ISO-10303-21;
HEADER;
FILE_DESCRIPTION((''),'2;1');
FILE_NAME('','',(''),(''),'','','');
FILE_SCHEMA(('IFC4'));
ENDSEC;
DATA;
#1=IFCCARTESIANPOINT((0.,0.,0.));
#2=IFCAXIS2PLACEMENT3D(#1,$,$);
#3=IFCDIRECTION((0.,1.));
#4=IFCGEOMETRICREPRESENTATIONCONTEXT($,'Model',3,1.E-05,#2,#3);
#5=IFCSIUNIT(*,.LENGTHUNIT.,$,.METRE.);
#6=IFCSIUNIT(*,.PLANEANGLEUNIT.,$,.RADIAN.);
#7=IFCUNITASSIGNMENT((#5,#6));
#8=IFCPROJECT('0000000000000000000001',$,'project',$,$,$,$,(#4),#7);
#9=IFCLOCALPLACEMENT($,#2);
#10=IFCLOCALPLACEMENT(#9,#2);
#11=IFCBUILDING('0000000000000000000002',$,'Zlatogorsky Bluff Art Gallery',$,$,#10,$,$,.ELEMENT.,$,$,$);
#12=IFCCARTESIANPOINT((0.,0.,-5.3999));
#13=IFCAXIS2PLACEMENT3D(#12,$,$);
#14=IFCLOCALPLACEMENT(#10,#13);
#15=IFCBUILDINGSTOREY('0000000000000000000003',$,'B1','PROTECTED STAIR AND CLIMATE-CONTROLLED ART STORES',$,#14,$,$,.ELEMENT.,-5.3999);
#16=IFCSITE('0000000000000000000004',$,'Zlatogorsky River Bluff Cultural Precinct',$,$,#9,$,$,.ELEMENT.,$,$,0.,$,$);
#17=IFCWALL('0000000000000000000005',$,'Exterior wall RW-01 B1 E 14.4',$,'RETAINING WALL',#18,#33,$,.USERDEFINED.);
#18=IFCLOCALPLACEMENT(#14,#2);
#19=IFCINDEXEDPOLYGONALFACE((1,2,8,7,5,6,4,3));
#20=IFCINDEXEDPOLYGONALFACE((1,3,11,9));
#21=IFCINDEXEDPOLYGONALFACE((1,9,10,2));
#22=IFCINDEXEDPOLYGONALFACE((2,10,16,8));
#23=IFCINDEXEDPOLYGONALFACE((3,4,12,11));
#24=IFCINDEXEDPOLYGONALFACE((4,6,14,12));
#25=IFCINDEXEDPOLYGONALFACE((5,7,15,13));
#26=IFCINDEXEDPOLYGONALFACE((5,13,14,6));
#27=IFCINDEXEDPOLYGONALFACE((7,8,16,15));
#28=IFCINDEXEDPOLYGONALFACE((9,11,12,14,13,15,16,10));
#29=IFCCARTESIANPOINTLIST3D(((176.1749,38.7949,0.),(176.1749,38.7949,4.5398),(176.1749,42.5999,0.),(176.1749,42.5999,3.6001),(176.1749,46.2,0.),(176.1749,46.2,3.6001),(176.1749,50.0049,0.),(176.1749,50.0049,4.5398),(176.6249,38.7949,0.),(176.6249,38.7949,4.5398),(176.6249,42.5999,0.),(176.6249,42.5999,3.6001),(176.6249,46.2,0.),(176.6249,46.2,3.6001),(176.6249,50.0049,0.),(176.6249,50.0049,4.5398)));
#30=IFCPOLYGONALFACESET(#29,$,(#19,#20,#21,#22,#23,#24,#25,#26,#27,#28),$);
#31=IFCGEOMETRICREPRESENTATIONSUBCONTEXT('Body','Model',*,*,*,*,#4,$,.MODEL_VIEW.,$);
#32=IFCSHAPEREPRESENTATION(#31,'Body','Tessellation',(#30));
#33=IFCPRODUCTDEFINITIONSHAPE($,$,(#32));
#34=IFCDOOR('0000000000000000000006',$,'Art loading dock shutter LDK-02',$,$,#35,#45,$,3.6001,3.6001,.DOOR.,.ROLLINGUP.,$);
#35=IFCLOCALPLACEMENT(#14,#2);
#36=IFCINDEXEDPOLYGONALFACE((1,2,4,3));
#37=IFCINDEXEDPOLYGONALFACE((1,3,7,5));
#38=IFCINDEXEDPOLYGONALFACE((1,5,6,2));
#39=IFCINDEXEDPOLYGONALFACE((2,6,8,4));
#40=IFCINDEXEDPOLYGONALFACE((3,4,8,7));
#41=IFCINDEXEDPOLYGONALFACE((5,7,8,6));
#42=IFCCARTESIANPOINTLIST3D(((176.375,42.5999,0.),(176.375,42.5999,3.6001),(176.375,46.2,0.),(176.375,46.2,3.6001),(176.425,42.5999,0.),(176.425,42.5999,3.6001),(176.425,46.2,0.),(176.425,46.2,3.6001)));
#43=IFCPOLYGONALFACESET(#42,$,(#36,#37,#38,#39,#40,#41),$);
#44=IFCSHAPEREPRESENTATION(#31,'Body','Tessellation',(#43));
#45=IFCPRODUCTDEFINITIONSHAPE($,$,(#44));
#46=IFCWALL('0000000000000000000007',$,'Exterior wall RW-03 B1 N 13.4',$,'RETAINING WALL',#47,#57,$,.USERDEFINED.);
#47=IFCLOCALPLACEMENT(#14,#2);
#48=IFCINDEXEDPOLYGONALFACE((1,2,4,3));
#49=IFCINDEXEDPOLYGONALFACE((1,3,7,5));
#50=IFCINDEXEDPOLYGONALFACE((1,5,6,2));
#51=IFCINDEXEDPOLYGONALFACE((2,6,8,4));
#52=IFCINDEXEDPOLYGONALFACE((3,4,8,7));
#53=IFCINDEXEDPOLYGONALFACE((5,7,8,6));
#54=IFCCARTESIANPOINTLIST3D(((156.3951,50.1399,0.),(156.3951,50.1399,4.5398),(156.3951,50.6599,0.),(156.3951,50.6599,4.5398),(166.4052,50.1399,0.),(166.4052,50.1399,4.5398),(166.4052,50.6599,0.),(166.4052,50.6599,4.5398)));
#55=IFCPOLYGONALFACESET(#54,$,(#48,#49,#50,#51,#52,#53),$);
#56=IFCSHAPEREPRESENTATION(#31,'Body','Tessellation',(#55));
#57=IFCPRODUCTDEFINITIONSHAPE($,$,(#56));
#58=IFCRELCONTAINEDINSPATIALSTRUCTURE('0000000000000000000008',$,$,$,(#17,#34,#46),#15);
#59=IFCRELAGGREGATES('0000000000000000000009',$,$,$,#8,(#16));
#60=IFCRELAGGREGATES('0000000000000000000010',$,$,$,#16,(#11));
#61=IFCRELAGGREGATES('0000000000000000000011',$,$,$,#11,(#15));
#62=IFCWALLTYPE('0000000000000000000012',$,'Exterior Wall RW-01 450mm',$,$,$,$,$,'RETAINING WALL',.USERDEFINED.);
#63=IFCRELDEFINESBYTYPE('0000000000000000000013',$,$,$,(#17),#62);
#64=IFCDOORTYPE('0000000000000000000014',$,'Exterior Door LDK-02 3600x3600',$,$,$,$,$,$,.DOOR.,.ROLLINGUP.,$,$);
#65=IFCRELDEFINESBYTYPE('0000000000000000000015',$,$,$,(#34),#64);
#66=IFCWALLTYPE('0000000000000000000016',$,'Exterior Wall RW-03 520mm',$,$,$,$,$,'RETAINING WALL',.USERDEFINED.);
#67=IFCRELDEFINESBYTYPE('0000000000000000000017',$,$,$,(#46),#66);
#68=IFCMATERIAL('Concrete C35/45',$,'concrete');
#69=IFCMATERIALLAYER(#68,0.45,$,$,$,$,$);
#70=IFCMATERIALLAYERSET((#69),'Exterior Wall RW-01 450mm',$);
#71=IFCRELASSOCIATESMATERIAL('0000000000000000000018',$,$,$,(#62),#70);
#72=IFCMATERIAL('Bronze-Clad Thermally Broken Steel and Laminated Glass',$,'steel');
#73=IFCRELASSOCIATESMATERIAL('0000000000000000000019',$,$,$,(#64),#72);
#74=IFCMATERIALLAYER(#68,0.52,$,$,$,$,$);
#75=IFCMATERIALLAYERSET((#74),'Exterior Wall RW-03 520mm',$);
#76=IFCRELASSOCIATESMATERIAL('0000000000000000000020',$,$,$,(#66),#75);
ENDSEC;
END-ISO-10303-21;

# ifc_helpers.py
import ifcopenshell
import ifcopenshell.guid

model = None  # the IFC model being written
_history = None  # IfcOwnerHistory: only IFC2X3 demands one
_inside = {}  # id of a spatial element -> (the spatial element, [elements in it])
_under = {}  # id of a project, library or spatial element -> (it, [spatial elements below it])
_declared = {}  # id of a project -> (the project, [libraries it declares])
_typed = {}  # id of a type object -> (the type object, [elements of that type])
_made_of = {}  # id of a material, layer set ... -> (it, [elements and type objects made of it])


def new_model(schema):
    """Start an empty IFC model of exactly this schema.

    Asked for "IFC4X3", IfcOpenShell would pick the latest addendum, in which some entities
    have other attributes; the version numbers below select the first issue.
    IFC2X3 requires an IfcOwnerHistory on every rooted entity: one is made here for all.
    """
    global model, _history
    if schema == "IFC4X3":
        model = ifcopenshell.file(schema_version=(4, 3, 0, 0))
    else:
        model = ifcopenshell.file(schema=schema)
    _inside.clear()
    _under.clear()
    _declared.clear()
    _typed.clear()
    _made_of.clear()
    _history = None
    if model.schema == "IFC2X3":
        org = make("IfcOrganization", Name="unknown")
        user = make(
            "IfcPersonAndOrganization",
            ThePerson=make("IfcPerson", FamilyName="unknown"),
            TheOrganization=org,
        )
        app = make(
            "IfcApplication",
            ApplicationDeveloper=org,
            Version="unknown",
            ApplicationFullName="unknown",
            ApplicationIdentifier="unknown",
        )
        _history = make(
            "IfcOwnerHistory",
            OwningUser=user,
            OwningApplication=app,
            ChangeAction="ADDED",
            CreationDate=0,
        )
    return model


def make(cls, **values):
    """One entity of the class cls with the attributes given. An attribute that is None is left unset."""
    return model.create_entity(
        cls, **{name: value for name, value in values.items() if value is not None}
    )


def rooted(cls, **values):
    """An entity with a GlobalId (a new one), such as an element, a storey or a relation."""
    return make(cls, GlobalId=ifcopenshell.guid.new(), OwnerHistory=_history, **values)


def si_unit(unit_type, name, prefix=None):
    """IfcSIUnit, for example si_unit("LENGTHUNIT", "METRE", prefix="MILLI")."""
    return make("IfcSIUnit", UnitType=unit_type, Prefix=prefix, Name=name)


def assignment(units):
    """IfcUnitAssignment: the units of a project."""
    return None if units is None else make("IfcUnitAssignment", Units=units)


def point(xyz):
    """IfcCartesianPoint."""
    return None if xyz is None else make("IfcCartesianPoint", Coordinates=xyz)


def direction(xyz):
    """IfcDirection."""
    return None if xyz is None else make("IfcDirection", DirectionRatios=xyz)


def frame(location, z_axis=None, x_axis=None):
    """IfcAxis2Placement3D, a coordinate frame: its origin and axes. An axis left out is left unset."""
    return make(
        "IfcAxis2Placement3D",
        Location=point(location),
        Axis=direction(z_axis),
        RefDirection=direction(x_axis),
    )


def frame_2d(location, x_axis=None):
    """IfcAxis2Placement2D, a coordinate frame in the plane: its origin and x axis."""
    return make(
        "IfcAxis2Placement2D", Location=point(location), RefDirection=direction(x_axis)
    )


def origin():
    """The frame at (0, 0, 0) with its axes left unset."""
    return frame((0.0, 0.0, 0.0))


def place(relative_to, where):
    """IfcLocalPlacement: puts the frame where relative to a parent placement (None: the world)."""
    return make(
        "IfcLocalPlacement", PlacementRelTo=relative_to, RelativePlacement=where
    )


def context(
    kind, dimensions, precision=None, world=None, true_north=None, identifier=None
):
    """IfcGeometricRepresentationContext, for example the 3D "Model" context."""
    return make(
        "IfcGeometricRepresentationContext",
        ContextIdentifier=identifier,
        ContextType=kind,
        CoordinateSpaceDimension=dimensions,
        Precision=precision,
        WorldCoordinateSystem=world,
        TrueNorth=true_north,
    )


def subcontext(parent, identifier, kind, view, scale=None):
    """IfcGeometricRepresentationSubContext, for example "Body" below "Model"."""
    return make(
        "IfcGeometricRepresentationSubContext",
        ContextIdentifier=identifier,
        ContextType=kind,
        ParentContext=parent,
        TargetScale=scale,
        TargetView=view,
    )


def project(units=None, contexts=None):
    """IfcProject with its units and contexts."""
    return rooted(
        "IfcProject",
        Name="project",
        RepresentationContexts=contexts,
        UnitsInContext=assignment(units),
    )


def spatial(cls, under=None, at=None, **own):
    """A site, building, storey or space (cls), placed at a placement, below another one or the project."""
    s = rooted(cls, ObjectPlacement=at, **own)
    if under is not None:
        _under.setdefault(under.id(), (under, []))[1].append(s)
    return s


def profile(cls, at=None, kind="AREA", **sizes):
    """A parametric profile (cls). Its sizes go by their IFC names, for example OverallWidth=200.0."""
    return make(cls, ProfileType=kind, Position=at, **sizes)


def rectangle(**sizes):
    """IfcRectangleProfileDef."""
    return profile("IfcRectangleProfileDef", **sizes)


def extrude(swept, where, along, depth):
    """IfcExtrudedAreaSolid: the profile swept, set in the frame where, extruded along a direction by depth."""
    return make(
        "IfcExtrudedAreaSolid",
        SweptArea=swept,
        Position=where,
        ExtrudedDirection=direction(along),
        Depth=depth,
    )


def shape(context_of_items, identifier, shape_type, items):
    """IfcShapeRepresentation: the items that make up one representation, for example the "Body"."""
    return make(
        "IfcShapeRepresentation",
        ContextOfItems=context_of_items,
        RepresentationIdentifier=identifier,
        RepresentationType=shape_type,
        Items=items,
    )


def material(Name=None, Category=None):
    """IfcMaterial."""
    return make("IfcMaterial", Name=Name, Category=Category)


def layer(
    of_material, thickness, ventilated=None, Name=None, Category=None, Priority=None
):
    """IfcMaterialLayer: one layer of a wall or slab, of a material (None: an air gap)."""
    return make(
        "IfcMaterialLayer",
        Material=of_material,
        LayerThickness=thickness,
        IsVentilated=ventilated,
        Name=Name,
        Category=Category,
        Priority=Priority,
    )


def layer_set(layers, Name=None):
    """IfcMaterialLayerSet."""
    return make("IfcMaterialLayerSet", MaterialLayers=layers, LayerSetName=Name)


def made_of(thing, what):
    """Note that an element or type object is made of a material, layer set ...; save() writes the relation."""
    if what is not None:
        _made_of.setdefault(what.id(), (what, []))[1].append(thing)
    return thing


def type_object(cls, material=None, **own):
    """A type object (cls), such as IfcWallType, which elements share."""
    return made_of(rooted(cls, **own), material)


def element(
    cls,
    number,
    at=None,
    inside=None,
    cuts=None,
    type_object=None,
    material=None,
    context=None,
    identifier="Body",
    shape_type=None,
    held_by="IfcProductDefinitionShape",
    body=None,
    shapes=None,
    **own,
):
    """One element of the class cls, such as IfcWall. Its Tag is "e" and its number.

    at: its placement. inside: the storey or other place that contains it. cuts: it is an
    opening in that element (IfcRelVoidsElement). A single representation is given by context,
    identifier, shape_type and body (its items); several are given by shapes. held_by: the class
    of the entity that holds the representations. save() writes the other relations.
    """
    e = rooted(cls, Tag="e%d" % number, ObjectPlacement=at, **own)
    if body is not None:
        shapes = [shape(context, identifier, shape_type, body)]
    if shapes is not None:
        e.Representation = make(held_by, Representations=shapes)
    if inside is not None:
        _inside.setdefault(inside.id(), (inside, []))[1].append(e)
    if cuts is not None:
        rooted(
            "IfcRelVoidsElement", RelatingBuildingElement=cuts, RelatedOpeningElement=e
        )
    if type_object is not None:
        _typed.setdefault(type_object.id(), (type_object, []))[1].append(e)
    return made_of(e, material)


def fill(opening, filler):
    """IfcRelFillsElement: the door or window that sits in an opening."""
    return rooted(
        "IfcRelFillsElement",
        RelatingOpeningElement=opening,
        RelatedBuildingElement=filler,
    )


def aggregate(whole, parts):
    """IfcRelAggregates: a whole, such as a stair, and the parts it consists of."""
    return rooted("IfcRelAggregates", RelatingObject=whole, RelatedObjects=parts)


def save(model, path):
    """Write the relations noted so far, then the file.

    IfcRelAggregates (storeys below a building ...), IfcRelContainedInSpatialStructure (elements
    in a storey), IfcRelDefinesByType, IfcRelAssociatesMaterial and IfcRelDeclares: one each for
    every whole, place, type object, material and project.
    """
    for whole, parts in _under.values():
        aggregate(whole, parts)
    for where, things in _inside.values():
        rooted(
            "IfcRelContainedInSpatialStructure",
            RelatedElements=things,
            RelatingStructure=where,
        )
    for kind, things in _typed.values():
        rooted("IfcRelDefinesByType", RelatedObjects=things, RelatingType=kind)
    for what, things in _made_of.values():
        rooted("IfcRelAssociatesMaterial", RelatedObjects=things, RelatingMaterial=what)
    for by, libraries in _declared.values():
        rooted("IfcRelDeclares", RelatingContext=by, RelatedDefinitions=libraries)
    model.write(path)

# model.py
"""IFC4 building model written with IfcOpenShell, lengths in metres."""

from ifc_helpers import new_model, si_unit, direction, frame, frame_2d, origin, place, context, subcontext, project, spatial, rectangle, extrude, material, layer, layer_set, type_object, element, fill, save


model = new_model("IFC4")

# Units and contexts
model_context = context("Model", 3, precision=1e-05, world=origin(), true_north=direction((0.0, 1.0)))
body_context = subcontext(model_context, "Body", "Model", "MODEL_VIEW")
ifc_project = project(units=[si_unit("LENGTHUNIT", "METRE"), si_unit("PLANEANGLEUNIT", "RADIAN")], contexts=[model_context])

# Site, building, storey
site_placement = place(None, origin())
site = spatial("IfcSite", under=ifc_project, at=site_placement, Name="Zlatogorsky River Bluff Cultural Precinct", CompositionType="ELEMENT", RefElevation=0.0)
building_placement = place(site_placement, origin())
building = spatial("IfcBuilding", under=site, at=building_placement, Name="Zlatogorsky Bluff Art Gallery", CompositionType="ELEMENT")
storey_placement = place(building_placement, frame((0.0, 0.0, -5.3999)))
storey = spatial("IfcBuildingStorey", under=building, at=storey_placement, Name="B1", Description="PROTECTED STAIR AND CLIMATE-CONTROLLED ART STORES", CompositionType="ELEMENT", Elevation=-5.3999)

# Shared definitions
ifc_material_1 = material(Name="Concrete C35/45", Category="concrete")

# Shared definitions
ifc_layer_1 = layer(ifc_material_1, 0.45)
ifc_layer_set_1 = layer_set([ifc_layer_1], Name="Exterior Wall RW-01 450mm")
wall_type_1 = type_object("IfcWallType", Name="Exterior Wall RW-01 450mm", ElementType="RETAINING WALL", PredefinedType="USERDEFINED", material=ifc_layer_set_1)

# Wall, opening, door
wall_1_placement = place(storey_placement, frame((176.3999, 38.7949, 0.0), z_axis=(0.0, 0.0, 1.0), x_axis=(0.0, 1.0, 0.0)))
wall_1 = element("IfcWall", 1, at=wall_1_placement, inside=storey, type_object=wall_type_1, Name="Exterior wall RW-01 B1 E 14.4", ObjectType="RETAINING WALL", PredefinedType="USERDEFINED", context=body_context, shape_type="SweptSolid", body=[
    extrude(rectangle(XDim=11.21, YDim=0.45, at=frame_2d((5.605, 0.0))), origin(), (0.0, 0.0, 1.0), 4.5398),
])
opening_placement = place(wall_1_placement, frame((3.8049, 0.0, 0.0)))
opening = element("IfcOpeningElement", 2, at=opening_placement, cuts=wall_1, PredefinedType="OPENING", context=body_context, shape_type="SweptSolid", body=[
    extrude(rectangle(XDim=3.6001, YDim=3.6001, at=frame_2d((1.8, 1.8))), frame((0.0, 0.2349, 0.0), z_axis=(0.0, -1.0, 0.0), x_axis=(1.0, 0.0, 0.0)), (0.0, 0.0, 1.0), 0.47),
])
ifc_material_2 = material(Name="Bronze-Clad Thermally Broken Steel and Laminated Glass", Category="steel")
door_type = type_object("IfcDoorType", Name="Exterior Door LDK-02 3600x3600", OperationType="ROLLINGUP", PredefinedType="DOOR", material=ifc_material_2)
door_placement = place(opening_placement, origin())
door = element("IfcDoor", 3, at=door_placement, inside=storey, type_object=door_type, Name="Art loading dock shutter LDK-02", OperationType="ROLLINGUP", OverallHeight=3.6001, OverallWidth=3.6001, PredefinedType="DOOR", context=body_context, shape_type="SweptSolid", body=[
    extrude(rectangle(XDim=3.6001, YDim=3.6001, at=frame_2d((1.8, 1.8))), frame((0.0, 0.0249, 0.0), z_axis=(0.0, -1.0, 0.0), x_axis=(1.0, 0.0, 0.0)), (0.0, 0.0, 1.0), 0.05),
])
fill(opening, door)

# Wall
ifc_layer_2 = layer(ifc_material_1, 0.52)
ifc_layer_set_2 = layer_set([ifc_layer_2], Name="Exterior Wall RW-03 520mm")
wall_type_2 = type_object("IfcWallType", Name="Exterior Wall RW-03 520mm", ElementType="RETAINING WALL", PredefinedType="USERDEFINED", material=ifc_layer_set_2)
wall_2_placement = place(storey_placement, frame((166.405, 50.3999, 0.0), z_axis=(0.0, 0.0, 1.0), x_axis=(-1.0, 0.0, 0.0)))
element("IfcWall", 4, at=wall_2_placement, inside=storey, type_object=wall_type_2, Name="Exterior wall RW-03 B1 N 13.4", ObjectType="RETAINING WALL", PredefinedType="USERDEFINED", context=body_context, shape_type="SweptSolid", body=[
    extrude(rectangle(XDim=10.01, YDim=0.52, at=frame_2d((5.0049, 0.0))), origin(), (0.0, 0.0, 1.0), 4.5398),
])

save(model, "model.ifc")
